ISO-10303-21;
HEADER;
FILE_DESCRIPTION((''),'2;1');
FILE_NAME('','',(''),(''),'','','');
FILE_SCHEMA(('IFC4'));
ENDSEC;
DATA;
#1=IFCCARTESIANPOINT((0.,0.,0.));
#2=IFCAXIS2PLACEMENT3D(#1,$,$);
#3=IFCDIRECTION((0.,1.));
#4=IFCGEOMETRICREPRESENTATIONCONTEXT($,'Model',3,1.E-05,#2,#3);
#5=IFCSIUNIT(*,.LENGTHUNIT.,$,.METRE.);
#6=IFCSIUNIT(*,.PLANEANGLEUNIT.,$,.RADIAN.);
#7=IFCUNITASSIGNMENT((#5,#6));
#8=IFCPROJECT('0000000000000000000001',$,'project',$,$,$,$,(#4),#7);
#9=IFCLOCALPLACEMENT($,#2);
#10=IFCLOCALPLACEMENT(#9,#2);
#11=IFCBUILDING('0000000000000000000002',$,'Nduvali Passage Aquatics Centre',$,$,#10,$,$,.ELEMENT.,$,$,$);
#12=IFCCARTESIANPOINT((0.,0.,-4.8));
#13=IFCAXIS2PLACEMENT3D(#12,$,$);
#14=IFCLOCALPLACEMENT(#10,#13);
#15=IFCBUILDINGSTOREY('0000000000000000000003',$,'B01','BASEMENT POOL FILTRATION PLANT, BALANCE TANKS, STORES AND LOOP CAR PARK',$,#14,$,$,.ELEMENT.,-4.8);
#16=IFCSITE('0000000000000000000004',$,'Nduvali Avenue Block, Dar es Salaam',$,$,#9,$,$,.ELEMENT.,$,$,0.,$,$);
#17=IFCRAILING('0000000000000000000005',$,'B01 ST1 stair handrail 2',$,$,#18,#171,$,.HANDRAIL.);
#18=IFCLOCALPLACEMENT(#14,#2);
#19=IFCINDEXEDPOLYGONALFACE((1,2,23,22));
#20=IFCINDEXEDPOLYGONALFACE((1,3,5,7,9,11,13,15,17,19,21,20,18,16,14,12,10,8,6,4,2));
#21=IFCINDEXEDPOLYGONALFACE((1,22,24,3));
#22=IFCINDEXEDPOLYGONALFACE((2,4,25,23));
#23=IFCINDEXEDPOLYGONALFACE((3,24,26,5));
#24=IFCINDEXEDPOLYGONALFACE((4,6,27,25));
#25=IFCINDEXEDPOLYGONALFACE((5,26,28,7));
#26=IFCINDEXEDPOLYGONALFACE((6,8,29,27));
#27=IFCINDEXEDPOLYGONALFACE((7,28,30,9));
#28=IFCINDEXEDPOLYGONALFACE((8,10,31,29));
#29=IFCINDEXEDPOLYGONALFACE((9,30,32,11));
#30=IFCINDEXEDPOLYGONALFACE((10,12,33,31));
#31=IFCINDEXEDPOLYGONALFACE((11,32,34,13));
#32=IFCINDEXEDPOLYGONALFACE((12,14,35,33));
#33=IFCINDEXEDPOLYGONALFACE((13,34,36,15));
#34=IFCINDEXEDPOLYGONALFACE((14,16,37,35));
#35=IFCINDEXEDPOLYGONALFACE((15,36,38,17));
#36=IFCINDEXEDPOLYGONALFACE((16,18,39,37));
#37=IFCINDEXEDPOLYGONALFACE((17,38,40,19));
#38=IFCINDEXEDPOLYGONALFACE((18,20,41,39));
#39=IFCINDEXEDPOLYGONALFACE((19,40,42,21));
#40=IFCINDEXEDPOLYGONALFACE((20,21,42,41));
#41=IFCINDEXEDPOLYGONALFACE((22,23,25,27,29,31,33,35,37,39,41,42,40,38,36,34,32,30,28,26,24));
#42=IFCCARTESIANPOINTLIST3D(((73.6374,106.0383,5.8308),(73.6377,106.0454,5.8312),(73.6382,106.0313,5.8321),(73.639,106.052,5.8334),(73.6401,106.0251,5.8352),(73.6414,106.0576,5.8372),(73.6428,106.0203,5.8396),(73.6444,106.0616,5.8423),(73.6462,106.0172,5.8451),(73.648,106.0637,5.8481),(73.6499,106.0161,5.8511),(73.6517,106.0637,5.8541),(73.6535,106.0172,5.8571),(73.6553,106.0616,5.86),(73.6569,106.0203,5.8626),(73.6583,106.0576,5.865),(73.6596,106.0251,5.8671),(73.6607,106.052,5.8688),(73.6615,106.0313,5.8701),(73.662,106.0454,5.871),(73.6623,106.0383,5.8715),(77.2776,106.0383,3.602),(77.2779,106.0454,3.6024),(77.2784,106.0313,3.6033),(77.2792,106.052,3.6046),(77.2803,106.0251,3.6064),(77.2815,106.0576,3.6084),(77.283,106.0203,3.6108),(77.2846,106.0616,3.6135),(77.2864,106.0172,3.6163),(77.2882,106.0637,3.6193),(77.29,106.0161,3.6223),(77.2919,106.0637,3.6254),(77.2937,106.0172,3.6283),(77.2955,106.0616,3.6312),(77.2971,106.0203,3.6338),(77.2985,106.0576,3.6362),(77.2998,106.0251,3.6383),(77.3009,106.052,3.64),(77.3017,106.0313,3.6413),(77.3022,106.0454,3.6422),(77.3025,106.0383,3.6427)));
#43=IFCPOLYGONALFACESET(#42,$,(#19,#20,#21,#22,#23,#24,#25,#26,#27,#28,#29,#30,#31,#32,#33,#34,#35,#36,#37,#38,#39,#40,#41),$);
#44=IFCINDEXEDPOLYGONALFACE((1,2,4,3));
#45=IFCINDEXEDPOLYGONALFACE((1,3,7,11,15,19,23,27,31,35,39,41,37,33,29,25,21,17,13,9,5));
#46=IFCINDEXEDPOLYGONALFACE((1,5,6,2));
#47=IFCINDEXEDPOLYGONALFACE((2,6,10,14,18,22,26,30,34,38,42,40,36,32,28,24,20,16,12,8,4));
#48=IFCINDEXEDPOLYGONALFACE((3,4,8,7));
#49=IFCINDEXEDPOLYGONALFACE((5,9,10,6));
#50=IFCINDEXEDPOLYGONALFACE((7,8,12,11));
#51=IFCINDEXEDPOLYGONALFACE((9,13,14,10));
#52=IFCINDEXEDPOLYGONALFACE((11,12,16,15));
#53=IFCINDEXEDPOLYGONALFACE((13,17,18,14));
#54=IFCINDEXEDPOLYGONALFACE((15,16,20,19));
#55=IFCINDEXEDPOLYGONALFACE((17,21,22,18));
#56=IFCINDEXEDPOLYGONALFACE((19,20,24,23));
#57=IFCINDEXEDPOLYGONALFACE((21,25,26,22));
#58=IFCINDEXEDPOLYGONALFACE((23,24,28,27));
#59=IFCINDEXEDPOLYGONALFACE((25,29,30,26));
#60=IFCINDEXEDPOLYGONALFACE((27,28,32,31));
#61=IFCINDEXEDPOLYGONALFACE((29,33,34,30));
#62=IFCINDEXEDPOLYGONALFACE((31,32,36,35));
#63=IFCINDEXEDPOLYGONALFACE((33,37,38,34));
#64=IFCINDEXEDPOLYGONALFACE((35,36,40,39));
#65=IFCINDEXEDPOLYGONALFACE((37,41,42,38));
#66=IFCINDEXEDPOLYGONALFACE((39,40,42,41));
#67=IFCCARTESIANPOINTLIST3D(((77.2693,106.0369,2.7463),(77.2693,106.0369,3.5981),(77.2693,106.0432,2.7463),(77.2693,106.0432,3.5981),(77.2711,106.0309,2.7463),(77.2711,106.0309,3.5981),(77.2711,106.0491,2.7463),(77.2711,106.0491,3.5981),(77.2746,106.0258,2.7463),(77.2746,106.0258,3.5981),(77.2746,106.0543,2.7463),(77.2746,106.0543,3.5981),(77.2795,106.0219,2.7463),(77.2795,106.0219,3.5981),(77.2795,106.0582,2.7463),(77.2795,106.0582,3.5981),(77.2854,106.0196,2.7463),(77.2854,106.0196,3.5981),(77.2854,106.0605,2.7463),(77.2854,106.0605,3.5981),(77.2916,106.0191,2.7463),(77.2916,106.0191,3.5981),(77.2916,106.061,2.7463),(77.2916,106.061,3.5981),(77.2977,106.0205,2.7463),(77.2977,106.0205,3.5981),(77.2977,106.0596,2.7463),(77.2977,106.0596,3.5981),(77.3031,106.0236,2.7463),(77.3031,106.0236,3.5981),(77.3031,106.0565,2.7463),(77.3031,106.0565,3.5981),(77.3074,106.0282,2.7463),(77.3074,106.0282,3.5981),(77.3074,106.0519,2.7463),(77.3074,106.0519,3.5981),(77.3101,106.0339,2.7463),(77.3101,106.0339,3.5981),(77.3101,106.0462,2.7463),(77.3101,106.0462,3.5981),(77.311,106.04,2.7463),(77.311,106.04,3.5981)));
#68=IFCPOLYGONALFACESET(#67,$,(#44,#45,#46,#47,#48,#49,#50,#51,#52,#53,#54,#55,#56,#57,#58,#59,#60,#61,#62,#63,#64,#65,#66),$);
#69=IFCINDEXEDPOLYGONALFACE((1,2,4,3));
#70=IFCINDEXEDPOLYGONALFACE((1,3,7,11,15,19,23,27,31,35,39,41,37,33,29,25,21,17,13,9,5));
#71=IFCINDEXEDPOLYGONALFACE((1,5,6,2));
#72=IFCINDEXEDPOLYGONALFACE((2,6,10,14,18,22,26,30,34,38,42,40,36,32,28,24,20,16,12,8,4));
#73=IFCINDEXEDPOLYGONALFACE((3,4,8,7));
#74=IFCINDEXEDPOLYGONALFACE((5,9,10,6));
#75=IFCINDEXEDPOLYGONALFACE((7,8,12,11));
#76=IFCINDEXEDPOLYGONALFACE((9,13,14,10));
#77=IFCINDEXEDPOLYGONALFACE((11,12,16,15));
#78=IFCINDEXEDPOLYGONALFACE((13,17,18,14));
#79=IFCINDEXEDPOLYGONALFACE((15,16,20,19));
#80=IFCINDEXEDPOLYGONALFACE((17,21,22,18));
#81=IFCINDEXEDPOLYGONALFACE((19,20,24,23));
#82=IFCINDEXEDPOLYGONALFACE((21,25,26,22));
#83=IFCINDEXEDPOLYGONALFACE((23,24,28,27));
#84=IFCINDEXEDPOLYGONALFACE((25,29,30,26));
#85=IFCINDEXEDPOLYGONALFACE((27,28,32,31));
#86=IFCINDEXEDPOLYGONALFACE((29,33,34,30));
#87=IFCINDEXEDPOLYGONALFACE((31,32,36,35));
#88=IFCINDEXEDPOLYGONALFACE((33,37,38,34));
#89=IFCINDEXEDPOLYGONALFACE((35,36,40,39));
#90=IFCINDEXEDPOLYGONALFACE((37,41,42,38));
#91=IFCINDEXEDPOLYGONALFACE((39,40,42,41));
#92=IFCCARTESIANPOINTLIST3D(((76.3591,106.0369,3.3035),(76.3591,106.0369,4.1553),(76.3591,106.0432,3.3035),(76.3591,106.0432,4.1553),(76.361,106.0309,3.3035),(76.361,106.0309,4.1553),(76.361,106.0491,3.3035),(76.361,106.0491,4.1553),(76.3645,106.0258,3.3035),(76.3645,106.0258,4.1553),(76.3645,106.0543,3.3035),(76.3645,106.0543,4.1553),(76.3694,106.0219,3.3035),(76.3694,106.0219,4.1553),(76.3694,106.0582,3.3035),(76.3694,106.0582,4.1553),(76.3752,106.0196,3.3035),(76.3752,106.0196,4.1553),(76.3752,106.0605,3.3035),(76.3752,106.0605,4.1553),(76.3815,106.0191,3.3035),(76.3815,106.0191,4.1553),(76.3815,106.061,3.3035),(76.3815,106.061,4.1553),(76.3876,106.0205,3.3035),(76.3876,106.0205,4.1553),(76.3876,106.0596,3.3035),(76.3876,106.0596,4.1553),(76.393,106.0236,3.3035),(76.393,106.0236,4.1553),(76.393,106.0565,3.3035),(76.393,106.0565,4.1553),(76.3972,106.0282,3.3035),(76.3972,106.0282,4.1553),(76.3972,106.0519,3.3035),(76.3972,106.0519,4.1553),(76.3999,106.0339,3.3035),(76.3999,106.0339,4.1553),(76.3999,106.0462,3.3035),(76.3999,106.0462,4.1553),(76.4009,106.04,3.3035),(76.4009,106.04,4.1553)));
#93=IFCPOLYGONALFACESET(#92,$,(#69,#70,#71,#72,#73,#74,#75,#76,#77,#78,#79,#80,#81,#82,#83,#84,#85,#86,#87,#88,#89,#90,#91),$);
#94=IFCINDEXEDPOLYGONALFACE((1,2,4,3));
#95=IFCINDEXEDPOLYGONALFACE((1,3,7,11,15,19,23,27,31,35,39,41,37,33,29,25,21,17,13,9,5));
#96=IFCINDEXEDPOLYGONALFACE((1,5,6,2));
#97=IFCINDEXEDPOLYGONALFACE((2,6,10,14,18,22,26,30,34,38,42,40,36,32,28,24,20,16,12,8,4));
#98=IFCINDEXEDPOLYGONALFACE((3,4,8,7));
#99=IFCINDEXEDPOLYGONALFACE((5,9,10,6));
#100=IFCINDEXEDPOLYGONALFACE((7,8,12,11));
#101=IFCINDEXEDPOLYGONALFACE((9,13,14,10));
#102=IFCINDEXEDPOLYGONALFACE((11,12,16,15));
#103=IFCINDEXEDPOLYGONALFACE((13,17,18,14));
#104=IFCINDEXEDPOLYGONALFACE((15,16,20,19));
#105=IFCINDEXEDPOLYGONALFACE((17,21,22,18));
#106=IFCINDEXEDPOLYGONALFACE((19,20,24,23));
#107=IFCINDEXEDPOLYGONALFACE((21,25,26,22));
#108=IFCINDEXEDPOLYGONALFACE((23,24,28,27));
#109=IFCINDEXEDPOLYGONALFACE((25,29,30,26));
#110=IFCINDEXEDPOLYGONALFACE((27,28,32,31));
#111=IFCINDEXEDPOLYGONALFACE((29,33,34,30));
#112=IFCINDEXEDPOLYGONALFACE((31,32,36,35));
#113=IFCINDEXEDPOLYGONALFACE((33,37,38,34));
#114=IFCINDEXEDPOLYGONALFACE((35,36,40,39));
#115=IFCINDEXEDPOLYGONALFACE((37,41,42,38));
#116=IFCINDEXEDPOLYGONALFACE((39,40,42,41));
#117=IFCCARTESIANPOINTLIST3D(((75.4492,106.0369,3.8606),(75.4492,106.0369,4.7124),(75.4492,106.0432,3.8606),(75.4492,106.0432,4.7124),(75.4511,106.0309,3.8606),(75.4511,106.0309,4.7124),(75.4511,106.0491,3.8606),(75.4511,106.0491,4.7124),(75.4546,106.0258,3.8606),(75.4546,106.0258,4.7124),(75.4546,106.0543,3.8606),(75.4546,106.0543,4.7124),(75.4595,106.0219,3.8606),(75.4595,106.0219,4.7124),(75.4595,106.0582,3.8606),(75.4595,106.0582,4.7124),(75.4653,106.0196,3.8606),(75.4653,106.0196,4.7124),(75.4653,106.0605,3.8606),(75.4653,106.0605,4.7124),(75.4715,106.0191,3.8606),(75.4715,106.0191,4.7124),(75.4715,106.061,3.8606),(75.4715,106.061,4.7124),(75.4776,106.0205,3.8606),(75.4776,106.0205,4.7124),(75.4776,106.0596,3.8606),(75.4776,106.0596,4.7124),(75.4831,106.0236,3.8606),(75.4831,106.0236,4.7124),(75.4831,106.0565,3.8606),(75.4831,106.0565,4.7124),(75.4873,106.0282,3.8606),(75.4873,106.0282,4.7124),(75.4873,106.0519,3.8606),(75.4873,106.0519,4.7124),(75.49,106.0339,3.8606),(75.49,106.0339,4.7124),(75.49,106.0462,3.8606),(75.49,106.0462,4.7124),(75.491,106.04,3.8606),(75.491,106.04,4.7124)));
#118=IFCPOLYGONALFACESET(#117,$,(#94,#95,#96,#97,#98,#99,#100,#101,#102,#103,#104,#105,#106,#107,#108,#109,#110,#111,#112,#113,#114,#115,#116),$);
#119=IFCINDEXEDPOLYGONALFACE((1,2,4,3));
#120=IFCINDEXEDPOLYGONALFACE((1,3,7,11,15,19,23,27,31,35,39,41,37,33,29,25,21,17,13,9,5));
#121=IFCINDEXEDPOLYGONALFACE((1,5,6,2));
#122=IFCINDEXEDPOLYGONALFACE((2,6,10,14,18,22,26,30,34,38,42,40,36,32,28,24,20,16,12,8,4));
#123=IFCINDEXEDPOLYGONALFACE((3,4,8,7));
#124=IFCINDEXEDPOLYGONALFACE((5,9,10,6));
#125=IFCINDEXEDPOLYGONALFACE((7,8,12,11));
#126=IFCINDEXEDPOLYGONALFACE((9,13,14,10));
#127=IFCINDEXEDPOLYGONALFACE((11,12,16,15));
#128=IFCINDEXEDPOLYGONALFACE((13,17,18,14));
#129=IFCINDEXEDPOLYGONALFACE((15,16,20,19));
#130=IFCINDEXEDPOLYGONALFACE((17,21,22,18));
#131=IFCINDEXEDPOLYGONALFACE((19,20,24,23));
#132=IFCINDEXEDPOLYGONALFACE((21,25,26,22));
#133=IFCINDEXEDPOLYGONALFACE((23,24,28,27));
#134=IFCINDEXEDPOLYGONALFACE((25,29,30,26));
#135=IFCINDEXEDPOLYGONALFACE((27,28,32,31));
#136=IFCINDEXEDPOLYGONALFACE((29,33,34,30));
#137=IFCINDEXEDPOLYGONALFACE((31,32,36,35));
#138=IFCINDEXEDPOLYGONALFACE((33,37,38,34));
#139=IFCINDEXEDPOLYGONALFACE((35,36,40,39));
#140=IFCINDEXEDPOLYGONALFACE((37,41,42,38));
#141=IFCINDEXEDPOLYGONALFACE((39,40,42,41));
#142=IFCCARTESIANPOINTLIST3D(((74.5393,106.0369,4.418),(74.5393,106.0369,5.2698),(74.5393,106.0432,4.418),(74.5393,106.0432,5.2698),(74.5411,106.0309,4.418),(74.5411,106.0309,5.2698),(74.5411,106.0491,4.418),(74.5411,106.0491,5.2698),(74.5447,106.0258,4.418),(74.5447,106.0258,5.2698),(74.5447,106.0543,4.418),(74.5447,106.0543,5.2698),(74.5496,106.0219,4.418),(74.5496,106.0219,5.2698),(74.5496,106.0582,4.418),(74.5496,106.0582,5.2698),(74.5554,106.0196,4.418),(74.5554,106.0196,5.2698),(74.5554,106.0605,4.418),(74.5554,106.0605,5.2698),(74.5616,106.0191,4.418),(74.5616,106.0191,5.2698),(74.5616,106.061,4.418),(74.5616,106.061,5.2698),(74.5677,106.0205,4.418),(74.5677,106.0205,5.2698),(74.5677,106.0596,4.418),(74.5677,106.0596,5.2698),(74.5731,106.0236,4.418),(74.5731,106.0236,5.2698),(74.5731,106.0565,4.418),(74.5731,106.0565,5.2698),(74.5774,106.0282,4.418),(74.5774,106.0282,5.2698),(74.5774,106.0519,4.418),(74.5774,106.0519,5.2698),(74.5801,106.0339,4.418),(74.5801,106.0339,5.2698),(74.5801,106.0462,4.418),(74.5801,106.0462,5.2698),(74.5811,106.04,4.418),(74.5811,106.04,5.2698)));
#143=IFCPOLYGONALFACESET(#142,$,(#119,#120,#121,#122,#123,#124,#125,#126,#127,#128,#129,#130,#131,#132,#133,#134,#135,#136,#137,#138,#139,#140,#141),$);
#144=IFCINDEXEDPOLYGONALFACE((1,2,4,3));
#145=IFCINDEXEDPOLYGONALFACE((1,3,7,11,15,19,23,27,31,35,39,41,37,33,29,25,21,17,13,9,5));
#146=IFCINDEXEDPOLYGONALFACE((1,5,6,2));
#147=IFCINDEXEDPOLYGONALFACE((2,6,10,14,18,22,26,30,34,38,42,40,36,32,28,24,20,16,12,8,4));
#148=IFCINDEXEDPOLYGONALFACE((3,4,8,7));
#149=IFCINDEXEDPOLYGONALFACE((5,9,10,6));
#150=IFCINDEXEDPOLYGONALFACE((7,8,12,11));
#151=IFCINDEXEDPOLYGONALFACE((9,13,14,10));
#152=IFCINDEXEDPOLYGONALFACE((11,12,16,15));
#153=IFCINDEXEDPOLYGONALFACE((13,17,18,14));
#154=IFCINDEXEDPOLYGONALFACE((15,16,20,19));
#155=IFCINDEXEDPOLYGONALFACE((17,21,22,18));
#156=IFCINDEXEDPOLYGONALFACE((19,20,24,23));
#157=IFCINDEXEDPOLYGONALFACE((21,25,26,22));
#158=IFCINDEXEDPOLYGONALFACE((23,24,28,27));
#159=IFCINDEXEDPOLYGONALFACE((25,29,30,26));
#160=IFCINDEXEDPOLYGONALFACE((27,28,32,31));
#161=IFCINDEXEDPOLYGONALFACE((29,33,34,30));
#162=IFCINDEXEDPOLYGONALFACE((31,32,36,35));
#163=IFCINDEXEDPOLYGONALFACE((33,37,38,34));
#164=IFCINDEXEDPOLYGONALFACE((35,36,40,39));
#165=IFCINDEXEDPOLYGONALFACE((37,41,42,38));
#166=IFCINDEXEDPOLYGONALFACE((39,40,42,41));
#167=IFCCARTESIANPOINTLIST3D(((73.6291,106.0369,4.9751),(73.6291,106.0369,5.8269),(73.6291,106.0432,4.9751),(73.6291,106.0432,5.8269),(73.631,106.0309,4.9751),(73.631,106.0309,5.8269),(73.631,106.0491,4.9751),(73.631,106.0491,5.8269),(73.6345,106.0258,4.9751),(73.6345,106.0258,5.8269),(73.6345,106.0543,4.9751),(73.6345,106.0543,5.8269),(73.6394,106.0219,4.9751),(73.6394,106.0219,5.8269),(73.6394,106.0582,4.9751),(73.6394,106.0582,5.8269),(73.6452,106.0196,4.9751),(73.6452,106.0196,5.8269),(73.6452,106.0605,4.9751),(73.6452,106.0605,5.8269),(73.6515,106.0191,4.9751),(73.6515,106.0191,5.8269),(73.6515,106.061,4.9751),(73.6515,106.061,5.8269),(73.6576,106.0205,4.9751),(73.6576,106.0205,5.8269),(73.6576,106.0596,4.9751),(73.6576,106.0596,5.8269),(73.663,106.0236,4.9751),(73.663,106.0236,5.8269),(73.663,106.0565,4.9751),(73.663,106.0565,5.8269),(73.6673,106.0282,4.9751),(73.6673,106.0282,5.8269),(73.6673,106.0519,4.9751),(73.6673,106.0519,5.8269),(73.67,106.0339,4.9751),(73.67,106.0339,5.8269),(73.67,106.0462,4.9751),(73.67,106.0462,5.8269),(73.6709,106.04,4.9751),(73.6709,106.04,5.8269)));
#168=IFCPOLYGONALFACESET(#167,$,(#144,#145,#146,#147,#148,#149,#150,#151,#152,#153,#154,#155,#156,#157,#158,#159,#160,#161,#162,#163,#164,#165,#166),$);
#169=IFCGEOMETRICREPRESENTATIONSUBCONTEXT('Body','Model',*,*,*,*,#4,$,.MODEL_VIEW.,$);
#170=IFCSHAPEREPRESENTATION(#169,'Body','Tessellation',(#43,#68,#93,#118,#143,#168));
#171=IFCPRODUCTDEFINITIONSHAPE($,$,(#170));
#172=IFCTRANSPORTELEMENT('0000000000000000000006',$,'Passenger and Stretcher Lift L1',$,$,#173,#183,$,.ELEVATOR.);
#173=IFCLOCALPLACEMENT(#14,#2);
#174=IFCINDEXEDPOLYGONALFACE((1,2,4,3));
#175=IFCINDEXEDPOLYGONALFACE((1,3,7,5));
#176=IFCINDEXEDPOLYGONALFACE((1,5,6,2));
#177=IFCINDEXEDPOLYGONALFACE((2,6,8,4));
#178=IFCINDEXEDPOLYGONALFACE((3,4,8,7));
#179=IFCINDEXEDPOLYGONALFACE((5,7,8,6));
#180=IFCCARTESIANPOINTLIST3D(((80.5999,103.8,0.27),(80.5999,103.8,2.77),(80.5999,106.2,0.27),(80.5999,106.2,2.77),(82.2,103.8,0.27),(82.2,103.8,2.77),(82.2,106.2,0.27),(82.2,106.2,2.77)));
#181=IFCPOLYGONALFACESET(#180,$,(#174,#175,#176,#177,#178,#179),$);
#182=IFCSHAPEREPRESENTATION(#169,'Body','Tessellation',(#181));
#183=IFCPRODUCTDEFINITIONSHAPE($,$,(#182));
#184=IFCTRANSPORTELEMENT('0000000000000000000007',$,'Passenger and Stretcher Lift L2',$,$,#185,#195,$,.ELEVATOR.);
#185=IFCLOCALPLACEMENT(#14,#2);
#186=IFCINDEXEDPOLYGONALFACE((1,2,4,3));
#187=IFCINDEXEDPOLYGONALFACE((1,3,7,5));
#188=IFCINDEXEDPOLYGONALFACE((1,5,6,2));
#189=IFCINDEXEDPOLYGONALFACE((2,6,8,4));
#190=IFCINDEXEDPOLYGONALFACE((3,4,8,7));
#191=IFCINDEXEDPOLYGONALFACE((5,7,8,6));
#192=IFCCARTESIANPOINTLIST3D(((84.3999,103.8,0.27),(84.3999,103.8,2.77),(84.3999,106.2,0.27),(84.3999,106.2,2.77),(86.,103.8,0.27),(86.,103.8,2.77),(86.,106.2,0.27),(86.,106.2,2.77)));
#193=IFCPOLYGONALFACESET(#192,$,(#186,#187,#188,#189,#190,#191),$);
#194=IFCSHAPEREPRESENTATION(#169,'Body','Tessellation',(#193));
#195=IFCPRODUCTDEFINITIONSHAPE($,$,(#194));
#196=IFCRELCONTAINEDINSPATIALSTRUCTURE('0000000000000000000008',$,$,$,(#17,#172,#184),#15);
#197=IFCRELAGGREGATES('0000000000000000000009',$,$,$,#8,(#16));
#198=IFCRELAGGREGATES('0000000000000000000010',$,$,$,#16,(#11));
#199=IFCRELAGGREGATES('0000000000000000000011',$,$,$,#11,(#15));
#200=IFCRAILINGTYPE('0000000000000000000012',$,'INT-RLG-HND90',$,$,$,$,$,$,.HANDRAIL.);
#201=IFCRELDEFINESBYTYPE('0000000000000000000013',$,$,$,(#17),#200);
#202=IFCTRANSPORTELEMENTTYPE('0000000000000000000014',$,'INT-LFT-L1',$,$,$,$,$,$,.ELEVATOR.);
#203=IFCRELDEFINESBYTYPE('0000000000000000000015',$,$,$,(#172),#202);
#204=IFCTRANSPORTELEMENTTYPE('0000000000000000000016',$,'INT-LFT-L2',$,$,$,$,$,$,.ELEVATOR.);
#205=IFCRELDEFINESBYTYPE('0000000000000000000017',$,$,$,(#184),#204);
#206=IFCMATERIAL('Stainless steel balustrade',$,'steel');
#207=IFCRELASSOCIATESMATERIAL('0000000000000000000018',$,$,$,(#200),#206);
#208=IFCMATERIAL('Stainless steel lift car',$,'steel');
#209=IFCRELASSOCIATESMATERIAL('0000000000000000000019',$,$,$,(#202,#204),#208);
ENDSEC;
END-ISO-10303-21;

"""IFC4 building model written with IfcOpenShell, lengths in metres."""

from ifc_helpers import new_model, si_unit, direction, frame, origin, origin_2d, place, context, subcontext, project, spatial, rectangle, circle, extrude, material, type_object, element, save


model = new_model("IFC4")

# Units and contexts
model_context = context("Model", 3, precision=1e-05, world=origin(), true_north=direction((0.0, 1.0)))
body_context = subcontext(model_context, "Body", "Model", "MODEL_VIEW")
ifc_project = project(units=[si_unit("LENGTHUNIT", "METRE"), si_unit("PLANEANGLEUNIT", "RADIAN")], contexts=[model_context])

# Site, building, storey
site_placement = place(None, origin())
site = spatial("IfcSite", under=ifc_project, at=site_placement, Name="Nduvali Avenue Block, Dar es Salaam", CompositionType="ELEMENT", RefElevation=0.0)
building_placement = place(site_placement, origin())
building = spatial("IfcBuilding", under=site, at=building_placement, Name="Nduvali Passage Aquatics Centre", CompositionType="ELEMENT")
storey_placement = place(building_placement, frame((0.0, 0.0, -4.8)))
storey = spatial("IfcBuildingStorey", under=building, at=storey_placement, Name="B01", Description="BASEMENT POOL FILTRATION PLANT, BALANCE TANKS, STORES AND LOOP CAR PARK", CompositionType="ELEMENT", Elevation=-4.8)

# Railing
ifc_material_1 = material(Name="Stainless steel balustrade", Category="steel")
railing_type_1 = type_object("IfcRailingType", Name="INT-RLG-HND90", PredefinedType="HANDRAIL", material=ifc_material_1)
railing_1_placement = place(storey_placement, frame((77.29, 106.04, 2.7463)))
element("IfcRailing", 1, at=railing_1_placement, inside=storey, type_object=railing_type_1, Name="B01 ST1 stair handrail 2", PredefinedType="HANDRAIL", context=body_context, shape_type="SweptSolid", body=[
    extrude(circle(Radius=0.0239, at=origin_2d()), frame((0.0, 0.0, 0.876), z_axis=(-0.85284, 0.0, 0.522172), x_axis=(0.0, -1.0, 0.0)), (0.0, 0.0, 1.0), 4.2683),
    extrude(circle(Radius=0.021, at=origin_2d()), origin(), (0.0, 0.0, 1.0), 0.8518),
    extrude(circle(Radius=0.021, at=origin_2d()), frame((-0.9102, 0.0, 0.5571)), (0.0, 0.0, 1.0), 0.8518),
    extrude(circle(Radius=0.021, at=origin_2d()), frame((-1.8201, 0.0, 1.1143)), (0.0, 0.0, 1.0), 0.8518),
    extrude(circle(Radius=0.021, at=origin_2d()), frame((-2.73, 0.0, 1.6716)), (0.0, 0.0, 1.0), 0.8518),
    extrude(circle(Radius=0.021, at=origin_2d()), frame((-3.6401, 0.0, 2.2288)), (0.0, 0.0, 1.0), 0.8518),
])

# Transport elements
ifc_material_2 = material(Name="Stainless steel lift car", Category="steel")
transport_element_type_1 = type_object("IfcTransportElementType", Name="INT-LFT-L1", PredefinedType="ELEVATOR", material=ifc_material_2)
transport_element_1_placement = place(storey_placement, frame((81.3999, 105.0, 0.27), z_axis=(0.0, 0.0, 1.0), x_axis=(1.0, 0.0, 0.0)))
element("IfcTransportElement", 2, at=transport_element_1_placement, inside=storey, type_object=transport_element_type_1, Name="Passenger and Stretcher Lift L1", PredefinedType="ELEVATOR", context=body_context, shape_type="SweptSolid", body=[
    extrude(rectangle(XDim=1.6001, YDim=2.3999, at=origin_2d()), origin(), (0.0, 0.0, 1.0), 2.5),
])
transport_element_type_2 = type_object("IfcTransportElementType", Name="INT-LFT-L2", PredefinedType="ELEVATOR", material=ifc_material_2)
transport_element_2_placement = place(storey_placement, frame((85.2, 105.0, 0.27), z_axis=(0.0, 0.0, 1.0), x_axis=(1.0, 0.0, 0.0)))
element("IfcTransportElement", 3, at=transport_element_2_placement, inside=storey, type_object=transport_element_type_2, Name="Passenger and Stretcher Lift L2", PredefinedType="ELEVATOR", context=body_context, shape_type="SweptSolid", body=[
    extrude(rectangle(XDim=1.6001, YDim=2.3999, at=origin_2d()), origin(), (0.0, 0.0, 1.0), 2.5),
])

save(model, "model.ifc")
